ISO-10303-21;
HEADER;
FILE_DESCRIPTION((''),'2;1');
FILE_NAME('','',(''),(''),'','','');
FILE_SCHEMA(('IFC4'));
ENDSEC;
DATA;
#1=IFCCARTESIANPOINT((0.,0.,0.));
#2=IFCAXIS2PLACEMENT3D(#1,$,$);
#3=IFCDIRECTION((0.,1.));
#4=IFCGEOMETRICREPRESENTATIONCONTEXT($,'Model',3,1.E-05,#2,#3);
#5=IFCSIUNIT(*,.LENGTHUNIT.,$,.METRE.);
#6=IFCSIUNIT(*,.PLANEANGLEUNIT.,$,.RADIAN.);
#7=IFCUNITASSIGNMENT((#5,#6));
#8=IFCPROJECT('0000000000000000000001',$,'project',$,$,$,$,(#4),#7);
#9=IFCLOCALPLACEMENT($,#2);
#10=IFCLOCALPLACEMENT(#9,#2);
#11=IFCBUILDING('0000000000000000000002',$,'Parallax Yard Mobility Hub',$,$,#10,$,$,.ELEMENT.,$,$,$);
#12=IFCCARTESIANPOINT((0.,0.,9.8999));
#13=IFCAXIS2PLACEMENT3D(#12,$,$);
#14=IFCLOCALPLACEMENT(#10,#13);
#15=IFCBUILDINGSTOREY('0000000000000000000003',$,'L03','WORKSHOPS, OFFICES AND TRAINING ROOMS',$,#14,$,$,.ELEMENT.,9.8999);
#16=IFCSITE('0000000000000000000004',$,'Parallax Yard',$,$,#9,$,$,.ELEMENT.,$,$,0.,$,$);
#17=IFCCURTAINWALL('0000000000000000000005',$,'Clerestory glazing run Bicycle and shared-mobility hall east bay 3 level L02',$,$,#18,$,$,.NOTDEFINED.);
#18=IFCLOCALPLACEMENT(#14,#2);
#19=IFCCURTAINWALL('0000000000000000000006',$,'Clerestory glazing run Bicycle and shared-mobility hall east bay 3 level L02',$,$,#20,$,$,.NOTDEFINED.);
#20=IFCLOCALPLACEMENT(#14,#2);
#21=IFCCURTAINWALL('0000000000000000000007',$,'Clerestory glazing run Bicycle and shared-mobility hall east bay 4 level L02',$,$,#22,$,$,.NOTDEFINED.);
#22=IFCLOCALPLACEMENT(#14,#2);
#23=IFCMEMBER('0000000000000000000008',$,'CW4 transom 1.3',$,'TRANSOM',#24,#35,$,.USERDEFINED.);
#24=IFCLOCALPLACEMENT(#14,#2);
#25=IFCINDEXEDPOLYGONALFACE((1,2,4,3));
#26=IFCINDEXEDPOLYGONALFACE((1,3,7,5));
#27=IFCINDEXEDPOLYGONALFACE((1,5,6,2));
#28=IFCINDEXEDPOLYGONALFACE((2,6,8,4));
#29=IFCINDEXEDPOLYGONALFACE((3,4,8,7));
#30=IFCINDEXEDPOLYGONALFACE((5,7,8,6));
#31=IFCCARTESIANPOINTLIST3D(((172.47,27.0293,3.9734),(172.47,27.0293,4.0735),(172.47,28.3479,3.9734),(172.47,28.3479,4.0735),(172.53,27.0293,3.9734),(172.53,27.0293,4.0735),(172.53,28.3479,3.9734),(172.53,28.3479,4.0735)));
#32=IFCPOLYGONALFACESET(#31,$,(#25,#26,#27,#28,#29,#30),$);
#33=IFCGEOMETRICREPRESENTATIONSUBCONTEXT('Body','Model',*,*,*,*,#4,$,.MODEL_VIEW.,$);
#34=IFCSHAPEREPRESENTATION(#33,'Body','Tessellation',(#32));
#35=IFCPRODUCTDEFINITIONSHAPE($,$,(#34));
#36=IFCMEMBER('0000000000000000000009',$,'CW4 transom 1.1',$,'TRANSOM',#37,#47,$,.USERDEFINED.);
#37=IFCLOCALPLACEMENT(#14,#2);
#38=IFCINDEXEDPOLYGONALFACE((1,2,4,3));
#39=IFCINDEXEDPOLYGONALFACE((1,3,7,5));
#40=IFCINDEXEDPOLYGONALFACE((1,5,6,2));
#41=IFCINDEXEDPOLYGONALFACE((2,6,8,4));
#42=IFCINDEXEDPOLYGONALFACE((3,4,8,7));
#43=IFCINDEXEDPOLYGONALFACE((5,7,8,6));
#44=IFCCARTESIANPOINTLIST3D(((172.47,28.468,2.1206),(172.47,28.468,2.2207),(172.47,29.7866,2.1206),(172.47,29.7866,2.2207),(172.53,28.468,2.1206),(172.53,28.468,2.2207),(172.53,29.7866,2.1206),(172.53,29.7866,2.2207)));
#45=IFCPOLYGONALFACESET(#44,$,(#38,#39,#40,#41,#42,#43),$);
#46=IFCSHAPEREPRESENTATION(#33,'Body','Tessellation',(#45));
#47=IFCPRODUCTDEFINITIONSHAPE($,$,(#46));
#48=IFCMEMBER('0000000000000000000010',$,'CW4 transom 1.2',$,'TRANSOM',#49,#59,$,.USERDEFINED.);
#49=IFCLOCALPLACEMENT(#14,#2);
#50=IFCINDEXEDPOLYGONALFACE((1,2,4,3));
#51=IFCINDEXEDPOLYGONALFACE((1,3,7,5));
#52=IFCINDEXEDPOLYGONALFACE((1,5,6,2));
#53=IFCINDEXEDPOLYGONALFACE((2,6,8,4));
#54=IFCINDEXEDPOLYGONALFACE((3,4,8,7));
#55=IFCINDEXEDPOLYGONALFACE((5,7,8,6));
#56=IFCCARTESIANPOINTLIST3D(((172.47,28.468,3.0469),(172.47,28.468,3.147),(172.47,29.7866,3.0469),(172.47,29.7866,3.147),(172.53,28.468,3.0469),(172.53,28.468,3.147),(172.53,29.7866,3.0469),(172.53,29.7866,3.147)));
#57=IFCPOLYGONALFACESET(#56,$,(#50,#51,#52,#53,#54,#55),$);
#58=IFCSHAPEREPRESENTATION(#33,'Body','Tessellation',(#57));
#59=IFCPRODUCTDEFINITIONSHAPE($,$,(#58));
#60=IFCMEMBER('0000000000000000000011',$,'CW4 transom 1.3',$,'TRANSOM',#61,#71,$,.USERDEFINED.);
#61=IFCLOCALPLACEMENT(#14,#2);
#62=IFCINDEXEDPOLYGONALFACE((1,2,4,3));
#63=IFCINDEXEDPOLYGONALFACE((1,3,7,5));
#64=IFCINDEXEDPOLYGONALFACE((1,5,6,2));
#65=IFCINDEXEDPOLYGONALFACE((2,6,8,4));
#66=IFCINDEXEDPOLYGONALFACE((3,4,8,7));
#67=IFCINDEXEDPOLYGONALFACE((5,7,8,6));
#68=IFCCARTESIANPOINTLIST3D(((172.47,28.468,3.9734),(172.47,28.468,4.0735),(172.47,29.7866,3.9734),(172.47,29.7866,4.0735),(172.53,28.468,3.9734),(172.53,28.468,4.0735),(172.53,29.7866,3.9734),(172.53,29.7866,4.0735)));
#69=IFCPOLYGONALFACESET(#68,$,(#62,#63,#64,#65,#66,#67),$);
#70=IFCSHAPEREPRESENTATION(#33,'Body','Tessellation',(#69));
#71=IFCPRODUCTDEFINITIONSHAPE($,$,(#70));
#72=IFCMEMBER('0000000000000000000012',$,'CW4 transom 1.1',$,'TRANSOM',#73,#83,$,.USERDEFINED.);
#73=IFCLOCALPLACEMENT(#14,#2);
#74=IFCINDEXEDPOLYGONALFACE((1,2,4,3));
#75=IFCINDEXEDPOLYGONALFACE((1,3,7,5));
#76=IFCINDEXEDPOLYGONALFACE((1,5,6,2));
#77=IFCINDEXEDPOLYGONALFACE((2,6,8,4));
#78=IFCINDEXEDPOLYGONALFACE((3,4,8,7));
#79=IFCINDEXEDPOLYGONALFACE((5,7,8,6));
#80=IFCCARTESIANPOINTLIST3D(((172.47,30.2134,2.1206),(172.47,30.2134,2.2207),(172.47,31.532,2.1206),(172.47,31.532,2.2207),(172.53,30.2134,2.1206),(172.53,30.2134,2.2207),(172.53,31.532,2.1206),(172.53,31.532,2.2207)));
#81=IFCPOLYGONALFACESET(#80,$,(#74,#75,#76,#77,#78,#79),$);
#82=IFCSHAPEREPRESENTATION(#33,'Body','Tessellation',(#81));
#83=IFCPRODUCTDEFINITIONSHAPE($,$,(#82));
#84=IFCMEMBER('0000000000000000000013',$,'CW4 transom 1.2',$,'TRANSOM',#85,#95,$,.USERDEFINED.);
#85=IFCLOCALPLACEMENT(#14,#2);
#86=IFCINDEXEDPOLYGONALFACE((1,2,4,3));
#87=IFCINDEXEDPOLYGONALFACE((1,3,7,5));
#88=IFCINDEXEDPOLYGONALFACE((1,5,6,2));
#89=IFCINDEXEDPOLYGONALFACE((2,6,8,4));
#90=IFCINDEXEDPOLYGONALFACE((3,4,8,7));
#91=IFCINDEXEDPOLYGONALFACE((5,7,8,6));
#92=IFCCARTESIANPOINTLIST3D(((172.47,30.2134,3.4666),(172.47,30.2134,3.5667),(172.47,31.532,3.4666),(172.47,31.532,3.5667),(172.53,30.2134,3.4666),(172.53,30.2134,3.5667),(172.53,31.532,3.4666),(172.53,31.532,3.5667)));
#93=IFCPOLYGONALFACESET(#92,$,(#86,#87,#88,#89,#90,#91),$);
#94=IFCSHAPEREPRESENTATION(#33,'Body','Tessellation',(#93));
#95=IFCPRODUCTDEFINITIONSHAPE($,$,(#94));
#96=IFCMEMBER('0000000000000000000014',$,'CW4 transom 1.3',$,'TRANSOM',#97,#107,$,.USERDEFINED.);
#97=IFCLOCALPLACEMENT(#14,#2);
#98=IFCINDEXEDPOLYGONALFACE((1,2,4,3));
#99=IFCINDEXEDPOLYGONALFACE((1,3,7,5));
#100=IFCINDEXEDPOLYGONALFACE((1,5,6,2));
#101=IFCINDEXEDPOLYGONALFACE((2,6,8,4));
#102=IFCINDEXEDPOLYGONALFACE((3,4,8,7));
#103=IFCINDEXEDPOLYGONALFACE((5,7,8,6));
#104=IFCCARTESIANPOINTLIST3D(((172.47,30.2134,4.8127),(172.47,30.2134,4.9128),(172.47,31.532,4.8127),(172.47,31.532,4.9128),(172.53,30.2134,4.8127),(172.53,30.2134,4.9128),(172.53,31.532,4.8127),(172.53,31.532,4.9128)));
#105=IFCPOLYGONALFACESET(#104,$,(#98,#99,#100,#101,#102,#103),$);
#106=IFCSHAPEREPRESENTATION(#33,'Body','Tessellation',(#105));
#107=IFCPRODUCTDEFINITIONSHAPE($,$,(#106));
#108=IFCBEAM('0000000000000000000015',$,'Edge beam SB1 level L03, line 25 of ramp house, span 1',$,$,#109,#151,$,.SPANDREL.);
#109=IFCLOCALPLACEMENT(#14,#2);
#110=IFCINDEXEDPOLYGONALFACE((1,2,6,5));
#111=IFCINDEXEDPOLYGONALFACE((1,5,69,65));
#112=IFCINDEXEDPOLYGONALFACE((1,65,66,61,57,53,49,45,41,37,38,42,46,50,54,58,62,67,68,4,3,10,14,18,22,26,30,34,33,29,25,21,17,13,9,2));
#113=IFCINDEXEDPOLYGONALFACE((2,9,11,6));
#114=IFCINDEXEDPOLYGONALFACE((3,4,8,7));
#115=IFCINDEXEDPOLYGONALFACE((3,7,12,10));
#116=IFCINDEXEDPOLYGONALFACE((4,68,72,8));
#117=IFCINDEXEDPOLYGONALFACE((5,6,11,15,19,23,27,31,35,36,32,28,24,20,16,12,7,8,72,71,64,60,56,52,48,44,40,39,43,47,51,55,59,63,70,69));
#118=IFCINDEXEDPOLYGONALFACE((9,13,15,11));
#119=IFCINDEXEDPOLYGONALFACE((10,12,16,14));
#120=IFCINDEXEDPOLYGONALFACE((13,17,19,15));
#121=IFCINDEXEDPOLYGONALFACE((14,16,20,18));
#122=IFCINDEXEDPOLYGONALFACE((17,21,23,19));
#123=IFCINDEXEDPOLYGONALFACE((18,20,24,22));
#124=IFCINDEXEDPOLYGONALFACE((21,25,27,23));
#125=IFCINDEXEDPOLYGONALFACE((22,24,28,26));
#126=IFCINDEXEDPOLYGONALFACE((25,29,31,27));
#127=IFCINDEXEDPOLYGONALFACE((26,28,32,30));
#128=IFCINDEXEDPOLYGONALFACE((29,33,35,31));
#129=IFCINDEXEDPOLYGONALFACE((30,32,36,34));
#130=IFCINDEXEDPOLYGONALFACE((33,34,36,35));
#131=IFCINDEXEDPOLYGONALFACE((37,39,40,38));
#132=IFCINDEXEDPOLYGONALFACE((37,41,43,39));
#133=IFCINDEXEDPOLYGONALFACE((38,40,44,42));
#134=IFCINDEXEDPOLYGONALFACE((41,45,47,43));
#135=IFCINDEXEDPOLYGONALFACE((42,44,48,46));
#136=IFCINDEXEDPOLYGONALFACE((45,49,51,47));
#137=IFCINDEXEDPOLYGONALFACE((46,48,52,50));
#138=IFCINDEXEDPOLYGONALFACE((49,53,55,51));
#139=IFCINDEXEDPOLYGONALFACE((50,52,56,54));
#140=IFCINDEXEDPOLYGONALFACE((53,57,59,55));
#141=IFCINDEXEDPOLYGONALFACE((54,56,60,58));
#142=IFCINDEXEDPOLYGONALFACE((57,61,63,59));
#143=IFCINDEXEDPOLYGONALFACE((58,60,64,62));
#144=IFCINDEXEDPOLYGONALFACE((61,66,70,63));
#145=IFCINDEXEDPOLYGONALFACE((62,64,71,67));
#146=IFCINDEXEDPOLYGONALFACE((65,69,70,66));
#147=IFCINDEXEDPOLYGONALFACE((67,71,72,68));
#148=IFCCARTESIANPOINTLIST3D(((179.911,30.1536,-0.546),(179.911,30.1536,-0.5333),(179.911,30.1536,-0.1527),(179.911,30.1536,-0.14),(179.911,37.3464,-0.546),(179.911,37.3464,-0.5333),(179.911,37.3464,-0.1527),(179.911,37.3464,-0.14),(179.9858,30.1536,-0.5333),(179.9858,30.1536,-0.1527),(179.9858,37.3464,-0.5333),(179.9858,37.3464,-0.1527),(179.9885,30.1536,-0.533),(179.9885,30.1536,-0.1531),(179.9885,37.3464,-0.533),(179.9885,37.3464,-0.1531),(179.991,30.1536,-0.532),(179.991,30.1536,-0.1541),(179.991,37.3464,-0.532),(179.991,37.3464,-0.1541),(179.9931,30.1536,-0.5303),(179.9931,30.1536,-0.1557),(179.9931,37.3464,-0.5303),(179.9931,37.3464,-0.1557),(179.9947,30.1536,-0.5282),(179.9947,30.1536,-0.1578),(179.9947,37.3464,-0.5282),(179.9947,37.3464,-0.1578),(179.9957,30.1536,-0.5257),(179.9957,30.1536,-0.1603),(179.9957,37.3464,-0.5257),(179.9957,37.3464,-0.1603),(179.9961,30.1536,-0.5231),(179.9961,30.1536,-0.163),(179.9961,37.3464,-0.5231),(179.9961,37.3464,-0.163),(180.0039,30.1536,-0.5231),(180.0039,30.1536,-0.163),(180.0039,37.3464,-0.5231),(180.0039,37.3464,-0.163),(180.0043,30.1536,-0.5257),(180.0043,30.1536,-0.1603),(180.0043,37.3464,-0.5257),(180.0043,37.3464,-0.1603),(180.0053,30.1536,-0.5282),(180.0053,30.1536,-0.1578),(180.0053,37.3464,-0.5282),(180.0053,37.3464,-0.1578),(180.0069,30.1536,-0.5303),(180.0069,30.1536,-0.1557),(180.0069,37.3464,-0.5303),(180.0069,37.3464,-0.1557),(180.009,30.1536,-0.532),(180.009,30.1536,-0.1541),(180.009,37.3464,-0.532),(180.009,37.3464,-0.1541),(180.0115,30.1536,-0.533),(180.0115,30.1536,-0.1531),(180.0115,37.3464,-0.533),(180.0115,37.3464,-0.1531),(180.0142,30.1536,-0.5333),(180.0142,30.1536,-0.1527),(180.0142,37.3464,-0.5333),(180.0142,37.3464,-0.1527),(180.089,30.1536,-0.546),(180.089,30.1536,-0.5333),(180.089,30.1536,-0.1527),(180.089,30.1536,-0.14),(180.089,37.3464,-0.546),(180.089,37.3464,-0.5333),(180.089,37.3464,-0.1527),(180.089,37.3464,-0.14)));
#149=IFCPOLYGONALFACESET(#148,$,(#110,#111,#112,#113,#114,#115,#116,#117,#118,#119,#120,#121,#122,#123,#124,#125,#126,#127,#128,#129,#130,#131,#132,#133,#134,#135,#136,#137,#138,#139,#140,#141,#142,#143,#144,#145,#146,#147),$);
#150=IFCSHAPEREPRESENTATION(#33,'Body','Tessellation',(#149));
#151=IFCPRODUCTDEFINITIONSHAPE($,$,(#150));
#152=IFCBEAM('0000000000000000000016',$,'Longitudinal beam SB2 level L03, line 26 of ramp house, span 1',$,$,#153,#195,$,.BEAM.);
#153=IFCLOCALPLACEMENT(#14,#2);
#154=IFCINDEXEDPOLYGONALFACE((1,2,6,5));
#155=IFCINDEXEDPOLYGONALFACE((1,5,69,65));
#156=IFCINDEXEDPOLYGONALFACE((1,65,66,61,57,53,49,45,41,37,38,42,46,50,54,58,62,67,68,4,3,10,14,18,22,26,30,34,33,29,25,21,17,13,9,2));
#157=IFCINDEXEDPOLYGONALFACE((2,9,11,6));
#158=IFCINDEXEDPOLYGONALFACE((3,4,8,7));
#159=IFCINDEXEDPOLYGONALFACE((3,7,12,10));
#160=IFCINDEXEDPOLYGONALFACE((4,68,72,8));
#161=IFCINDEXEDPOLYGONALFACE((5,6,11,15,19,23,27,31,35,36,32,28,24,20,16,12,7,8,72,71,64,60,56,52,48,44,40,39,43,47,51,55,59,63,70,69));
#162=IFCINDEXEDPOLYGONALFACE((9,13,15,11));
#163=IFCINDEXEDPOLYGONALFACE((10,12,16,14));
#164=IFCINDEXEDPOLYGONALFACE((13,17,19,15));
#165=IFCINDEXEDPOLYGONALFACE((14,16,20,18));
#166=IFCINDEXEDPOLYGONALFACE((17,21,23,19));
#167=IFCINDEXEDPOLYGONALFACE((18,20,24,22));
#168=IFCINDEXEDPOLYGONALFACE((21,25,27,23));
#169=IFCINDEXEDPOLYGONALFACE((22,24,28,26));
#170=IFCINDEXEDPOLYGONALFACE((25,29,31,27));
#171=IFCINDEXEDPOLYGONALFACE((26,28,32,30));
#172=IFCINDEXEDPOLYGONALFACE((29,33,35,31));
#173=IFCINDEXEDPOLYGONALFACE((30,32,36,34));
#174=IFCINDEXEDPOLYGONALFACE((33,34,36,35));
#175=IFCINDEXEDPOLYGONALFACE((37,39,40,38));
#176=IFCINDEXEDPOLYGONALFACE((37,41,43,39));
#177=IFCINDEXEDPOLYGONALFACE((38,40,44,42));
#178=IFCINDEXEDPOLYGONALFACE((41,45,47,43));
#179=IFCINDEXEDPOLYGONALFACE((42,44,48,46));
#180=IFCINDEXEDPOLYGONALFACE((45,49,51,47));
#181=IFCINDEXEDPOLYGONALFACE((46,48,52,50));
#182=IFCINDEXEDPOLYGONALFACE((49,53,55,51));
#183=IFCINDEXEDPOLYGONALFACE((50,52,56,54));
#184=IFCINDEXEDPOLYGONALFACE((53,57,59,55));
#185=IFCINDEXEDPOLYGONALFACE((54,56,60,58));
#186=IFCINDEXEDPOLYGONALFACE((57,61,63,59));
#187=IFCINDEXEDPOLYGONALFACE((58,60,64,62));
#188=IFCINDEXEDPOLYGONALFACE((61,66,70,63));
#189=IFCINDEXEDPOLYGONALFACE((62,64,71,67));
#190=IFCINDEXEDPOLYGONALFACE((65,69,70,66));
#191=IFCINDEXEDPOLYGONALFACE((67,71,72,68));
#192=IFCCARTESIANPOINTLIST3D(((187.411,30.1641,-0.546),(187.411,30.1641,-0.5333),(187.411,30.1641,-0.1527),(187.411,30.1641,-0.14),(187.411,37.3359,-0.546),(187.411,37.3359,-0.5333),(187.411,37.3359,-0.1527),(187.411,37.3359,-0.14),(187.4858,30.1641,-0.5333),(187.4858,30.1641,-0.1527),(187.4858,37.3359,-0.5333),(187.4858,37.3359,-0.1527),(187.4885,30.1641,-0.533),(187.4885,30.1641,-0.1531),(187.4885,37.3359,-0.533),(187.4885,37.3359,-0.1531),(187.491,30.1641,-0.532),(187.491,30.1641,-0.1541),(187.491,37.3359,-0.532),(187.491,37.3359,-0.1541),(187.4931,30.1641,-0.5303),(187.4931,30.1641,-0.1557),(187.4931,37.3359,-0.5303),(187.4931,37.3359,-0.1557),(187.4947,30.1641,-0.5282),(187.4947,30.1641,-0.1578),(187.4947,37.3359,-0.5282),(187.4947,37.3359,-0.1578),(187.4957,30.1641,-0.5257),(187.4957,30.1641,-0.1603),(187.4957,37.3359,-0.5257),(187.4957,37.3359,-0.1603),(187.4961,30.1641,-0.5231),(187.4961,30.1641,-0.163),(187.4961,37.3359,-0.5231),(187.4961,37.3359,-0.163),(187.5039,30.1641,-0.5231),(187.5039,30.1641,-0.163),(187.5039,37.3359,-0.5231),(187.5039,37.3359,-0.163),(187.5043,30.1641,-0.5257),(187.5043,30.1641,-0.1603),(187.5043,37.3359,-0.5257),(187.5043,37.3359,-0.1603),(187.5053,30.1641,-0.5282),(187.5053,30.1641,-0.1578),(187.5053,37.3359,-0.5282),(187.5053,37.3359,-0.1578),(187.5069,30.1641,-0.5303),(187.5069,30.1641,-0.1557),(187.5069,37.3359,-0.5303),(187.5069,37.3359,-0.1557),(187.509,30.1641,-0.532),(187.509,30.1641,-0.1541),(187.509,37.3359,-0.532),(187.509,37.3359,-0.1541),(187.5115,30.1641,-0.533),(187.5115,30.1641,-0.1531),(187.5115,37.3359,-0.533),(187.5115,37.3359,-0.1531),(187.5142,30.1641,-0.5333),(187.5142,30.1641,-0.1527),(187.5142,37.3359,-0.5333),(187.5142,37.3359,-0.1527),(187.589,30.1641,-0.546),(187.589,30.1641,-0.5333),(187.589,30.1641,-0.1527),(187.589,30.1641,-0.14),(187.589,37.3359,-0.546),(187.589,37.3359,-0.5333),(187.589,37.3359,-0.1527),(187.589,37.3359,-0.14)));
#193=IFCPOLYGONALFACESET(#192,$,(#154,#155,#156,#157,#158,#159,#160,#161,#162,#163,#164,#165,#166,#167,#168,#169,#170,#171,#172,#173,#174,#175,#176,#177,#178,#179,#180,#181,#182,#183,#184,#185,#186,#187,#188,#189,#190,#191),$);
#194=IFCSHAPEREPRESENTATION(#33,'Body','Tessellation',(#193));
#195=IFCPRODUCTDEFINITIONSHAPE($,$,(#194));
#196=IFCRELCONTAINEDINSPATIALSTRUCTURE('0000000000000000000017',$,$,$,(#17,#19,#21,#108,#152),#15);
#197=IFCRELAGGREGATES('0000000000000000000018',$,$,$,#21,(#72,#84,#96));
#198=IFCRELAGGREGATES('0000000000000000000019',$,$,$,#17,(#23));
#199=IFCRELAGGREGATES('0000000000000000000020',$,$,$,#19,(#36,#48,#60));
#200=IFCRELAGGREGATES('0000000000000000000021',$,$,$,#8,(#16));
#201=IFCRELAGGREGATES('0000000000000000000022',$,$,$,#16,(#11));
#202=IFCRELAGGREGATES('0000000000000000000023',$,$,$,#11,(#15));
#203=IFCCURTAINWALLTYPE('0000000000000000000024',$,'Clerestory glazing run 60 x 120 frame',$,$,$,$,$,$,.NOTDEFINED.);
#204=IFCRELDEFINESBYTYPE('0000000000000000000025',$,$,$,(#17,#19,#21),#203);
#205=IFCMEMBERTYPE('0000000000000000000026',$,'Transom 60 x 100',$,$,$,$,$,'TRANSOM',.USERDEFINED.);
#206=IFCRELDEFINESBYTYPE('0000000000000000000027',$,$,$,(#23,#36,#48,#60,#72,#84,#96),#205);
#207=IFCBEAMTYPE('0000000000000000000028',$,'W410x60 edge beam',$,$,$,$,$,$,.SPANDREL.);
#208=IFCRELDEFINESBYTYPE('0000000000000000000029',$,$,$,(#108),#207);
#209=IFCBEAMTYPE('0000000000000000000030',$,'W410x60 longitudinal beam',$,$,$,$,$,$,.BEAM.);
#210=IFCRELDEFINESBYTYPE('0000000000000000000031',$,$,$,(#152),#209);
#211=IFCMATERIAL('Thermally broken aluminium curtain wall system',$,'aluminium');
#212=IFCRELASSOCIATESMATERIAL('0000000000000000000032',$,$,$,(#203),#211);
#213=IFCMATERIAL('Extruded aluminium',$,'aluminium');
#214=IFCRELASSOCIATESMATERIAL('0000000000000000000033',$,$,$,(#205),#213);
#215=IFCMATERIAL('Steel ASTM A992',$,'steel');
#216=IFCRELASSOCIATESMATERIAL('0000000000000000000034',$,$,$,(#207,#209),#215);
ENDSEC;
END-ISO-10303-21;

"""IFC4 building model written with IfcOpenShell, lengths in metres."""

from ifc_helpers import new_model, si_unit, direction, frame, origin, origin_2d, place, context, subcontext, project, spatial, rectangle, i_section, extrude, material, material_profile, profile_set, type_object, element, aggregate, save


model = new_model("IFC4")

# Units and contexts
model_context = context("Model", 3, precision=1e-05, world=origin(), true_north=direction((0.0, 1.0)))
body_context = subcontext(model_context, "Body", "Model", "MODEL_VIEW")
ifc_project = project(units=[si_unit("LENGTHUNIT", "METRE"), si_unit("PLANEANGLEUNIT", "RADIAN")], contexts=[model_context])

# Site, building, storey
site_placement = place(None, origin())
site = spatial("IfcSite", under=ifc_project, at=site_placement, Name="Parallax Yard", CompositionType="ELEMENT", RefElevation=0.0)
building_placement = place(site_placement, origin())
building = spatial("IfcBuilding", under=site, at=building_placement, Name="Parallax Yard Mobility Hub", CompositionType="ELEMENT")
storey_placement = place(building_placement, frame((0.0, 0.0, 9.8999)))
storey = spatial("IfcBuildingStorey", under=building, at=storey_placement, Name="L03", Description="WORKSHOPS, OFFICES AND TRAINING ROOMS", CompositionType="ELEMENT", Elevation=9.8999)

# Shared definitions
ifc_material_1 = material(Name="Steel ASTM A992", Category="steel")

# Curtain wall
ifc_material_2 = material(Name="Thermally broken aluminium curtain wall system", Category="aluminium")
curtain_wall_type = type_object("IfcCurtainWallType", Name="Clerestory glazing run 60 x 120 frame", PredefinedType="NOTDEFINED", material=ifc_material_2)
curtain_wall_1_placement = place(storey_placement, origin())
curtain_wall_1 = element("IfcCurtainWall", 1, at=curtain_wall_1_placement, inside=storey, type_object=curtain_wall_type, Name="Clerestory glazing run Bicycle and shared-mobility hall east bay 3 level L02", PredefinedType="NOTDEFINED")
ifc_material_3 = material(Name="Extruded aluminium", Category="aluminium")

# Curtain wall
curtain_wall_2_placement = place(storey_placement, origin())
curtain_wall_2 = element("IfcCurtainWall", 2, at=curtain_wall_2_placement, inside=storey, type_object=curtain_wall_type, Name="Clerestory glazing run Bicycle and shared-mobility hall east bay 3 level L02", PredefinedType="NOTDEFINED")

# Curtain wall
curtain_wall_3_placement = place(storey_placement, origin())
curtain_wall_3 = element("IfcCurtainWall", 3, at=curtain_wall_3_placement, inside=storey, type_object=curtain_wall_type, Name="Clerestory glazing run Bicycle and shared-mobility hall east bay 4 level L02", PredefinedType="NOTDEFINED")

# Members
ifc_material_profile_1 = material_profile(ifc_material_3, rectangle(XDim=0.0601, YDim=0.1001, at=origin_2d()), Name="Transom 60 x 100")
ifc_profile_set_1 = profile_set([ifc_material_profile_1], Name="Extruded aluminium")
member_type_1 = type_object("IfcMemberType", Name="Transom 60 x 100", ElementType="TRANSOM", PredefinedType="USERDEFINED", material=ifc_profile_set_1)
member_1_placement = place(storey_placement, frame((172.5, 27.0293, 4.0234), z_axis=(0.0, 1.0, 0.0), x_axis=(-1.0, 0.0, 0.0)))
member_1 = element("IfcMember", 4, at=member_1_placement, type_object=member_type_1, Name="CW4 transom 1.3", ObjectType="TRANSOM", PredefinedType="USERDEFINED", context=body_context, shape_type="SweptSolid", body=[
    extrude(rectangle(XDim=0.0601, YDim=0.1001, at=origin_2d()), origin(), (0.0, 0.0, 1.0), 1.3186),
])
member_2_placement = place(storey_placement, frame((172.5, 28.468, 2.1707), z_axis=(0.0, 1.0, 0.0), x_axis=(-1.0, 0.0, 0.0)))
member_2 = element("IfcMember", 5, at=member_2_placement, type_object=member_type_1, Name="CW4 transom 1.1", ObjectType="TRANSOM", PredefinedType="USERDEFINED", context=body_context, shape_type="SweptSolid", body=[
    extrude(rectangle(XDim=0.0601, YDim=0.1001, at=origin_2d()), origin(), (0.0, 0.0, 1.0), 1.3186),
])
member_3_placement = place(storey_placement, frame((172.5, 28.468, 3.0969), z_axis=(0.0, 1.0, 0.0), x_axis=(-1.0, 0.0, 0.0)))
member_3 = element("IfcMember", 6, at=member_3_placement, type_object=member_type_1, Name="CW4 transom 1.2", ObjectType="TRANSOM", PredefinedType="USERDEFINED", context=body_context, shape_type="SweptSolid", body=[
    extrude(rectangle(XDim=0.0601, YDim=0.1001, at=origin_2d()), origin(), (0.0, 0.0, 1.0), 1.3186),
])
member_4_placement = place(storey_placement, frame((172.5, 28.468, 4.0234), z_axis=(0.0, 1.0, 0.0), x_axis=(-1.0, 0.0, 0.0)))
member_4 = element("IfcMember", 7, at=member_4_placement, type_object=member_type_1, Name="CW4 transom 1.3", ObjectType="TRANSOM", PredefinedType="USERDEFINED", context=body_context, shape_type="SweptSolid", body=[
    extrude(rectangle(XDim=0.0601, YDim=0.1001, at=origin_2d()), origin(), (0.0, 0.0, 1.0), 1.3186),
])
member_5_placement = place(storey_placement, frame((172.5, 30.2134, 2.1707), z_axis=(0.0, 1.0, 0.0), x_axis=(-1.0, 0.0, 0.0)))
member_5 = element("IfcMember", 8, at=member_5_placement, type_object=member_type_1, Name="CW4 transom 1.1", ObjectType="TRANSOM", PredefinedType="USERDEFINED", context=body_context, shape_type="SweptSolid", body=[
    extrude(rectangle(XDim=0.0601, YDim=0.1001, at=origin_2d()), origin(), (0.0, 0.0, 1.0), 1.3186),
])
member_6_placement = place(storey_placement, frame((172.5, 30.2134, 3.5166), z_axis=(0.0, 1.0, 0.0), x_axis=(-1.0, 0.0, 0.0)))
member_6 = element("IfcMember", 9, at=member_6_placement, type_object=member_type_1, Name="CW4 transom 1.2", ObjectType="TRANSOM", PredefinedType="USERDEFINED", context=body_context, shape_type="SweptSolid", body=[
    extrude(rectangle(XDim=0.0601, YDim=0.1001, at=origin_2d()), origin(), (0.0, 0.0, 1.0), 1.3186),
])
member_7_placement = place(storey_placement, frame((172.5, 30.2134, 4.8628), z_axis=(0.0, 1.0, 0.0), x_axis=(-1.0, 0.0, 0.0)))
member_7 = element("IfcMember", 10, at=member_7_placement, type_object=member_type_1, Name="CW4 transom 1.3", ObjectType="TRANSOM", PredefinedType="USERDEFINED", context=body_context, shape_type="SweptSolid", body=[
    extrude(rectangle(XDim=0.0601, YDim=0.1001, at=origin_2d()), origin(), (0.0, 0.0, 1.0), 1.3186),
])
aggregate(curtain_wall_3, [member_5, member_6, member_7])

# Beams
ifc_material_profile_2 = material_profile(ifc_material_1, i_section(OverallWidth=0.178, OverallDepth=0.406, WebThickness=0.0078, FlangeThickness=0.0127, FilletRadius=0.0103, at=origin_2d()), Name="W410x60")
ifc_profile_set_2 = profile_set([ifc_material_profile_2], Name="Steel ASTM A992")
beam_type_1 = type_object("IfcBeamType", Name="W410x60 edge beam", PredefinedType="SPANDREL", material=ifc_profile_set_2)
beam_1_placement = place(storey_placement, frame((180.0, 30.1536, -0.343), z_axis=(0.0, 1.0, 0.0), x_axis=(-1.0, 0.0, 0.0)))
element("IfcBeam", 11, at=beam_1_placement, inside=storey, type_object=beam_type_1, Name="Edge beam SB1 level L03, line 25 of ramp house, span 1", PredefinedType="SPANDREL", context=body_context, shape_type="SweptSolid", body=[
    extrude(i_section(OverallWidth=0.178, OverallDepth=0.406, WebThickness=0.0078, FlangeThickness=0.0127, FilletRadius=0.0103, at=origin_2d()), origin(), (0.0, 0.0, 1.0), 7.1929),
])
ifc_material_profile_3 = material_profile(ifc_material_1, i_section(OverallWidth=0.178, OverallDepth=0.406, WebThickness=0.0078, FlangeThickness=0.0127, FilletRadius=0.0103, at=origin_2d()), Name="W410x60")
ifc_profile_set_3 = profile_set([ifc_material_profile_3], Name="Steel ASTM A992")
beam_type_2 = type_object("IfcBeamType", Name="W410x60 longitudinal beam", PredefinedType="BEAM", material=ifc_profile_set_3)
beam_2_placement = place(storey_placement, frame((187.5, 30.1641, -0.343), z_axis=(0.0, 1.0, 0.0), x_axis=(-1.0, 0.0, 0.0)))
element("IfcBeam", 12, at=beam_2_placement, inside=storey, type_object=beam_type_2, Name="Longitudinal beam SB2 level L03, line 26 of ramp house, span 1", PredefinedType="BEAM", context=body_context, shape_type="SweptSolid", body=[
    extrude(i_section(OverallWidth=0.178, OverallDepth=0.406, WebThickness=0.0078, FlangeThickness=0.0127, FilletRadius=0.0103, at=origin_2d()), origin(), (0.0, 0.0, 1.0), 7.1719),
])

aggregate(curtain_wall_1, [member_1])
aggregate(curtain_wall_2, [member_2, member_3, member_4])

save(model, "model.ifc")
